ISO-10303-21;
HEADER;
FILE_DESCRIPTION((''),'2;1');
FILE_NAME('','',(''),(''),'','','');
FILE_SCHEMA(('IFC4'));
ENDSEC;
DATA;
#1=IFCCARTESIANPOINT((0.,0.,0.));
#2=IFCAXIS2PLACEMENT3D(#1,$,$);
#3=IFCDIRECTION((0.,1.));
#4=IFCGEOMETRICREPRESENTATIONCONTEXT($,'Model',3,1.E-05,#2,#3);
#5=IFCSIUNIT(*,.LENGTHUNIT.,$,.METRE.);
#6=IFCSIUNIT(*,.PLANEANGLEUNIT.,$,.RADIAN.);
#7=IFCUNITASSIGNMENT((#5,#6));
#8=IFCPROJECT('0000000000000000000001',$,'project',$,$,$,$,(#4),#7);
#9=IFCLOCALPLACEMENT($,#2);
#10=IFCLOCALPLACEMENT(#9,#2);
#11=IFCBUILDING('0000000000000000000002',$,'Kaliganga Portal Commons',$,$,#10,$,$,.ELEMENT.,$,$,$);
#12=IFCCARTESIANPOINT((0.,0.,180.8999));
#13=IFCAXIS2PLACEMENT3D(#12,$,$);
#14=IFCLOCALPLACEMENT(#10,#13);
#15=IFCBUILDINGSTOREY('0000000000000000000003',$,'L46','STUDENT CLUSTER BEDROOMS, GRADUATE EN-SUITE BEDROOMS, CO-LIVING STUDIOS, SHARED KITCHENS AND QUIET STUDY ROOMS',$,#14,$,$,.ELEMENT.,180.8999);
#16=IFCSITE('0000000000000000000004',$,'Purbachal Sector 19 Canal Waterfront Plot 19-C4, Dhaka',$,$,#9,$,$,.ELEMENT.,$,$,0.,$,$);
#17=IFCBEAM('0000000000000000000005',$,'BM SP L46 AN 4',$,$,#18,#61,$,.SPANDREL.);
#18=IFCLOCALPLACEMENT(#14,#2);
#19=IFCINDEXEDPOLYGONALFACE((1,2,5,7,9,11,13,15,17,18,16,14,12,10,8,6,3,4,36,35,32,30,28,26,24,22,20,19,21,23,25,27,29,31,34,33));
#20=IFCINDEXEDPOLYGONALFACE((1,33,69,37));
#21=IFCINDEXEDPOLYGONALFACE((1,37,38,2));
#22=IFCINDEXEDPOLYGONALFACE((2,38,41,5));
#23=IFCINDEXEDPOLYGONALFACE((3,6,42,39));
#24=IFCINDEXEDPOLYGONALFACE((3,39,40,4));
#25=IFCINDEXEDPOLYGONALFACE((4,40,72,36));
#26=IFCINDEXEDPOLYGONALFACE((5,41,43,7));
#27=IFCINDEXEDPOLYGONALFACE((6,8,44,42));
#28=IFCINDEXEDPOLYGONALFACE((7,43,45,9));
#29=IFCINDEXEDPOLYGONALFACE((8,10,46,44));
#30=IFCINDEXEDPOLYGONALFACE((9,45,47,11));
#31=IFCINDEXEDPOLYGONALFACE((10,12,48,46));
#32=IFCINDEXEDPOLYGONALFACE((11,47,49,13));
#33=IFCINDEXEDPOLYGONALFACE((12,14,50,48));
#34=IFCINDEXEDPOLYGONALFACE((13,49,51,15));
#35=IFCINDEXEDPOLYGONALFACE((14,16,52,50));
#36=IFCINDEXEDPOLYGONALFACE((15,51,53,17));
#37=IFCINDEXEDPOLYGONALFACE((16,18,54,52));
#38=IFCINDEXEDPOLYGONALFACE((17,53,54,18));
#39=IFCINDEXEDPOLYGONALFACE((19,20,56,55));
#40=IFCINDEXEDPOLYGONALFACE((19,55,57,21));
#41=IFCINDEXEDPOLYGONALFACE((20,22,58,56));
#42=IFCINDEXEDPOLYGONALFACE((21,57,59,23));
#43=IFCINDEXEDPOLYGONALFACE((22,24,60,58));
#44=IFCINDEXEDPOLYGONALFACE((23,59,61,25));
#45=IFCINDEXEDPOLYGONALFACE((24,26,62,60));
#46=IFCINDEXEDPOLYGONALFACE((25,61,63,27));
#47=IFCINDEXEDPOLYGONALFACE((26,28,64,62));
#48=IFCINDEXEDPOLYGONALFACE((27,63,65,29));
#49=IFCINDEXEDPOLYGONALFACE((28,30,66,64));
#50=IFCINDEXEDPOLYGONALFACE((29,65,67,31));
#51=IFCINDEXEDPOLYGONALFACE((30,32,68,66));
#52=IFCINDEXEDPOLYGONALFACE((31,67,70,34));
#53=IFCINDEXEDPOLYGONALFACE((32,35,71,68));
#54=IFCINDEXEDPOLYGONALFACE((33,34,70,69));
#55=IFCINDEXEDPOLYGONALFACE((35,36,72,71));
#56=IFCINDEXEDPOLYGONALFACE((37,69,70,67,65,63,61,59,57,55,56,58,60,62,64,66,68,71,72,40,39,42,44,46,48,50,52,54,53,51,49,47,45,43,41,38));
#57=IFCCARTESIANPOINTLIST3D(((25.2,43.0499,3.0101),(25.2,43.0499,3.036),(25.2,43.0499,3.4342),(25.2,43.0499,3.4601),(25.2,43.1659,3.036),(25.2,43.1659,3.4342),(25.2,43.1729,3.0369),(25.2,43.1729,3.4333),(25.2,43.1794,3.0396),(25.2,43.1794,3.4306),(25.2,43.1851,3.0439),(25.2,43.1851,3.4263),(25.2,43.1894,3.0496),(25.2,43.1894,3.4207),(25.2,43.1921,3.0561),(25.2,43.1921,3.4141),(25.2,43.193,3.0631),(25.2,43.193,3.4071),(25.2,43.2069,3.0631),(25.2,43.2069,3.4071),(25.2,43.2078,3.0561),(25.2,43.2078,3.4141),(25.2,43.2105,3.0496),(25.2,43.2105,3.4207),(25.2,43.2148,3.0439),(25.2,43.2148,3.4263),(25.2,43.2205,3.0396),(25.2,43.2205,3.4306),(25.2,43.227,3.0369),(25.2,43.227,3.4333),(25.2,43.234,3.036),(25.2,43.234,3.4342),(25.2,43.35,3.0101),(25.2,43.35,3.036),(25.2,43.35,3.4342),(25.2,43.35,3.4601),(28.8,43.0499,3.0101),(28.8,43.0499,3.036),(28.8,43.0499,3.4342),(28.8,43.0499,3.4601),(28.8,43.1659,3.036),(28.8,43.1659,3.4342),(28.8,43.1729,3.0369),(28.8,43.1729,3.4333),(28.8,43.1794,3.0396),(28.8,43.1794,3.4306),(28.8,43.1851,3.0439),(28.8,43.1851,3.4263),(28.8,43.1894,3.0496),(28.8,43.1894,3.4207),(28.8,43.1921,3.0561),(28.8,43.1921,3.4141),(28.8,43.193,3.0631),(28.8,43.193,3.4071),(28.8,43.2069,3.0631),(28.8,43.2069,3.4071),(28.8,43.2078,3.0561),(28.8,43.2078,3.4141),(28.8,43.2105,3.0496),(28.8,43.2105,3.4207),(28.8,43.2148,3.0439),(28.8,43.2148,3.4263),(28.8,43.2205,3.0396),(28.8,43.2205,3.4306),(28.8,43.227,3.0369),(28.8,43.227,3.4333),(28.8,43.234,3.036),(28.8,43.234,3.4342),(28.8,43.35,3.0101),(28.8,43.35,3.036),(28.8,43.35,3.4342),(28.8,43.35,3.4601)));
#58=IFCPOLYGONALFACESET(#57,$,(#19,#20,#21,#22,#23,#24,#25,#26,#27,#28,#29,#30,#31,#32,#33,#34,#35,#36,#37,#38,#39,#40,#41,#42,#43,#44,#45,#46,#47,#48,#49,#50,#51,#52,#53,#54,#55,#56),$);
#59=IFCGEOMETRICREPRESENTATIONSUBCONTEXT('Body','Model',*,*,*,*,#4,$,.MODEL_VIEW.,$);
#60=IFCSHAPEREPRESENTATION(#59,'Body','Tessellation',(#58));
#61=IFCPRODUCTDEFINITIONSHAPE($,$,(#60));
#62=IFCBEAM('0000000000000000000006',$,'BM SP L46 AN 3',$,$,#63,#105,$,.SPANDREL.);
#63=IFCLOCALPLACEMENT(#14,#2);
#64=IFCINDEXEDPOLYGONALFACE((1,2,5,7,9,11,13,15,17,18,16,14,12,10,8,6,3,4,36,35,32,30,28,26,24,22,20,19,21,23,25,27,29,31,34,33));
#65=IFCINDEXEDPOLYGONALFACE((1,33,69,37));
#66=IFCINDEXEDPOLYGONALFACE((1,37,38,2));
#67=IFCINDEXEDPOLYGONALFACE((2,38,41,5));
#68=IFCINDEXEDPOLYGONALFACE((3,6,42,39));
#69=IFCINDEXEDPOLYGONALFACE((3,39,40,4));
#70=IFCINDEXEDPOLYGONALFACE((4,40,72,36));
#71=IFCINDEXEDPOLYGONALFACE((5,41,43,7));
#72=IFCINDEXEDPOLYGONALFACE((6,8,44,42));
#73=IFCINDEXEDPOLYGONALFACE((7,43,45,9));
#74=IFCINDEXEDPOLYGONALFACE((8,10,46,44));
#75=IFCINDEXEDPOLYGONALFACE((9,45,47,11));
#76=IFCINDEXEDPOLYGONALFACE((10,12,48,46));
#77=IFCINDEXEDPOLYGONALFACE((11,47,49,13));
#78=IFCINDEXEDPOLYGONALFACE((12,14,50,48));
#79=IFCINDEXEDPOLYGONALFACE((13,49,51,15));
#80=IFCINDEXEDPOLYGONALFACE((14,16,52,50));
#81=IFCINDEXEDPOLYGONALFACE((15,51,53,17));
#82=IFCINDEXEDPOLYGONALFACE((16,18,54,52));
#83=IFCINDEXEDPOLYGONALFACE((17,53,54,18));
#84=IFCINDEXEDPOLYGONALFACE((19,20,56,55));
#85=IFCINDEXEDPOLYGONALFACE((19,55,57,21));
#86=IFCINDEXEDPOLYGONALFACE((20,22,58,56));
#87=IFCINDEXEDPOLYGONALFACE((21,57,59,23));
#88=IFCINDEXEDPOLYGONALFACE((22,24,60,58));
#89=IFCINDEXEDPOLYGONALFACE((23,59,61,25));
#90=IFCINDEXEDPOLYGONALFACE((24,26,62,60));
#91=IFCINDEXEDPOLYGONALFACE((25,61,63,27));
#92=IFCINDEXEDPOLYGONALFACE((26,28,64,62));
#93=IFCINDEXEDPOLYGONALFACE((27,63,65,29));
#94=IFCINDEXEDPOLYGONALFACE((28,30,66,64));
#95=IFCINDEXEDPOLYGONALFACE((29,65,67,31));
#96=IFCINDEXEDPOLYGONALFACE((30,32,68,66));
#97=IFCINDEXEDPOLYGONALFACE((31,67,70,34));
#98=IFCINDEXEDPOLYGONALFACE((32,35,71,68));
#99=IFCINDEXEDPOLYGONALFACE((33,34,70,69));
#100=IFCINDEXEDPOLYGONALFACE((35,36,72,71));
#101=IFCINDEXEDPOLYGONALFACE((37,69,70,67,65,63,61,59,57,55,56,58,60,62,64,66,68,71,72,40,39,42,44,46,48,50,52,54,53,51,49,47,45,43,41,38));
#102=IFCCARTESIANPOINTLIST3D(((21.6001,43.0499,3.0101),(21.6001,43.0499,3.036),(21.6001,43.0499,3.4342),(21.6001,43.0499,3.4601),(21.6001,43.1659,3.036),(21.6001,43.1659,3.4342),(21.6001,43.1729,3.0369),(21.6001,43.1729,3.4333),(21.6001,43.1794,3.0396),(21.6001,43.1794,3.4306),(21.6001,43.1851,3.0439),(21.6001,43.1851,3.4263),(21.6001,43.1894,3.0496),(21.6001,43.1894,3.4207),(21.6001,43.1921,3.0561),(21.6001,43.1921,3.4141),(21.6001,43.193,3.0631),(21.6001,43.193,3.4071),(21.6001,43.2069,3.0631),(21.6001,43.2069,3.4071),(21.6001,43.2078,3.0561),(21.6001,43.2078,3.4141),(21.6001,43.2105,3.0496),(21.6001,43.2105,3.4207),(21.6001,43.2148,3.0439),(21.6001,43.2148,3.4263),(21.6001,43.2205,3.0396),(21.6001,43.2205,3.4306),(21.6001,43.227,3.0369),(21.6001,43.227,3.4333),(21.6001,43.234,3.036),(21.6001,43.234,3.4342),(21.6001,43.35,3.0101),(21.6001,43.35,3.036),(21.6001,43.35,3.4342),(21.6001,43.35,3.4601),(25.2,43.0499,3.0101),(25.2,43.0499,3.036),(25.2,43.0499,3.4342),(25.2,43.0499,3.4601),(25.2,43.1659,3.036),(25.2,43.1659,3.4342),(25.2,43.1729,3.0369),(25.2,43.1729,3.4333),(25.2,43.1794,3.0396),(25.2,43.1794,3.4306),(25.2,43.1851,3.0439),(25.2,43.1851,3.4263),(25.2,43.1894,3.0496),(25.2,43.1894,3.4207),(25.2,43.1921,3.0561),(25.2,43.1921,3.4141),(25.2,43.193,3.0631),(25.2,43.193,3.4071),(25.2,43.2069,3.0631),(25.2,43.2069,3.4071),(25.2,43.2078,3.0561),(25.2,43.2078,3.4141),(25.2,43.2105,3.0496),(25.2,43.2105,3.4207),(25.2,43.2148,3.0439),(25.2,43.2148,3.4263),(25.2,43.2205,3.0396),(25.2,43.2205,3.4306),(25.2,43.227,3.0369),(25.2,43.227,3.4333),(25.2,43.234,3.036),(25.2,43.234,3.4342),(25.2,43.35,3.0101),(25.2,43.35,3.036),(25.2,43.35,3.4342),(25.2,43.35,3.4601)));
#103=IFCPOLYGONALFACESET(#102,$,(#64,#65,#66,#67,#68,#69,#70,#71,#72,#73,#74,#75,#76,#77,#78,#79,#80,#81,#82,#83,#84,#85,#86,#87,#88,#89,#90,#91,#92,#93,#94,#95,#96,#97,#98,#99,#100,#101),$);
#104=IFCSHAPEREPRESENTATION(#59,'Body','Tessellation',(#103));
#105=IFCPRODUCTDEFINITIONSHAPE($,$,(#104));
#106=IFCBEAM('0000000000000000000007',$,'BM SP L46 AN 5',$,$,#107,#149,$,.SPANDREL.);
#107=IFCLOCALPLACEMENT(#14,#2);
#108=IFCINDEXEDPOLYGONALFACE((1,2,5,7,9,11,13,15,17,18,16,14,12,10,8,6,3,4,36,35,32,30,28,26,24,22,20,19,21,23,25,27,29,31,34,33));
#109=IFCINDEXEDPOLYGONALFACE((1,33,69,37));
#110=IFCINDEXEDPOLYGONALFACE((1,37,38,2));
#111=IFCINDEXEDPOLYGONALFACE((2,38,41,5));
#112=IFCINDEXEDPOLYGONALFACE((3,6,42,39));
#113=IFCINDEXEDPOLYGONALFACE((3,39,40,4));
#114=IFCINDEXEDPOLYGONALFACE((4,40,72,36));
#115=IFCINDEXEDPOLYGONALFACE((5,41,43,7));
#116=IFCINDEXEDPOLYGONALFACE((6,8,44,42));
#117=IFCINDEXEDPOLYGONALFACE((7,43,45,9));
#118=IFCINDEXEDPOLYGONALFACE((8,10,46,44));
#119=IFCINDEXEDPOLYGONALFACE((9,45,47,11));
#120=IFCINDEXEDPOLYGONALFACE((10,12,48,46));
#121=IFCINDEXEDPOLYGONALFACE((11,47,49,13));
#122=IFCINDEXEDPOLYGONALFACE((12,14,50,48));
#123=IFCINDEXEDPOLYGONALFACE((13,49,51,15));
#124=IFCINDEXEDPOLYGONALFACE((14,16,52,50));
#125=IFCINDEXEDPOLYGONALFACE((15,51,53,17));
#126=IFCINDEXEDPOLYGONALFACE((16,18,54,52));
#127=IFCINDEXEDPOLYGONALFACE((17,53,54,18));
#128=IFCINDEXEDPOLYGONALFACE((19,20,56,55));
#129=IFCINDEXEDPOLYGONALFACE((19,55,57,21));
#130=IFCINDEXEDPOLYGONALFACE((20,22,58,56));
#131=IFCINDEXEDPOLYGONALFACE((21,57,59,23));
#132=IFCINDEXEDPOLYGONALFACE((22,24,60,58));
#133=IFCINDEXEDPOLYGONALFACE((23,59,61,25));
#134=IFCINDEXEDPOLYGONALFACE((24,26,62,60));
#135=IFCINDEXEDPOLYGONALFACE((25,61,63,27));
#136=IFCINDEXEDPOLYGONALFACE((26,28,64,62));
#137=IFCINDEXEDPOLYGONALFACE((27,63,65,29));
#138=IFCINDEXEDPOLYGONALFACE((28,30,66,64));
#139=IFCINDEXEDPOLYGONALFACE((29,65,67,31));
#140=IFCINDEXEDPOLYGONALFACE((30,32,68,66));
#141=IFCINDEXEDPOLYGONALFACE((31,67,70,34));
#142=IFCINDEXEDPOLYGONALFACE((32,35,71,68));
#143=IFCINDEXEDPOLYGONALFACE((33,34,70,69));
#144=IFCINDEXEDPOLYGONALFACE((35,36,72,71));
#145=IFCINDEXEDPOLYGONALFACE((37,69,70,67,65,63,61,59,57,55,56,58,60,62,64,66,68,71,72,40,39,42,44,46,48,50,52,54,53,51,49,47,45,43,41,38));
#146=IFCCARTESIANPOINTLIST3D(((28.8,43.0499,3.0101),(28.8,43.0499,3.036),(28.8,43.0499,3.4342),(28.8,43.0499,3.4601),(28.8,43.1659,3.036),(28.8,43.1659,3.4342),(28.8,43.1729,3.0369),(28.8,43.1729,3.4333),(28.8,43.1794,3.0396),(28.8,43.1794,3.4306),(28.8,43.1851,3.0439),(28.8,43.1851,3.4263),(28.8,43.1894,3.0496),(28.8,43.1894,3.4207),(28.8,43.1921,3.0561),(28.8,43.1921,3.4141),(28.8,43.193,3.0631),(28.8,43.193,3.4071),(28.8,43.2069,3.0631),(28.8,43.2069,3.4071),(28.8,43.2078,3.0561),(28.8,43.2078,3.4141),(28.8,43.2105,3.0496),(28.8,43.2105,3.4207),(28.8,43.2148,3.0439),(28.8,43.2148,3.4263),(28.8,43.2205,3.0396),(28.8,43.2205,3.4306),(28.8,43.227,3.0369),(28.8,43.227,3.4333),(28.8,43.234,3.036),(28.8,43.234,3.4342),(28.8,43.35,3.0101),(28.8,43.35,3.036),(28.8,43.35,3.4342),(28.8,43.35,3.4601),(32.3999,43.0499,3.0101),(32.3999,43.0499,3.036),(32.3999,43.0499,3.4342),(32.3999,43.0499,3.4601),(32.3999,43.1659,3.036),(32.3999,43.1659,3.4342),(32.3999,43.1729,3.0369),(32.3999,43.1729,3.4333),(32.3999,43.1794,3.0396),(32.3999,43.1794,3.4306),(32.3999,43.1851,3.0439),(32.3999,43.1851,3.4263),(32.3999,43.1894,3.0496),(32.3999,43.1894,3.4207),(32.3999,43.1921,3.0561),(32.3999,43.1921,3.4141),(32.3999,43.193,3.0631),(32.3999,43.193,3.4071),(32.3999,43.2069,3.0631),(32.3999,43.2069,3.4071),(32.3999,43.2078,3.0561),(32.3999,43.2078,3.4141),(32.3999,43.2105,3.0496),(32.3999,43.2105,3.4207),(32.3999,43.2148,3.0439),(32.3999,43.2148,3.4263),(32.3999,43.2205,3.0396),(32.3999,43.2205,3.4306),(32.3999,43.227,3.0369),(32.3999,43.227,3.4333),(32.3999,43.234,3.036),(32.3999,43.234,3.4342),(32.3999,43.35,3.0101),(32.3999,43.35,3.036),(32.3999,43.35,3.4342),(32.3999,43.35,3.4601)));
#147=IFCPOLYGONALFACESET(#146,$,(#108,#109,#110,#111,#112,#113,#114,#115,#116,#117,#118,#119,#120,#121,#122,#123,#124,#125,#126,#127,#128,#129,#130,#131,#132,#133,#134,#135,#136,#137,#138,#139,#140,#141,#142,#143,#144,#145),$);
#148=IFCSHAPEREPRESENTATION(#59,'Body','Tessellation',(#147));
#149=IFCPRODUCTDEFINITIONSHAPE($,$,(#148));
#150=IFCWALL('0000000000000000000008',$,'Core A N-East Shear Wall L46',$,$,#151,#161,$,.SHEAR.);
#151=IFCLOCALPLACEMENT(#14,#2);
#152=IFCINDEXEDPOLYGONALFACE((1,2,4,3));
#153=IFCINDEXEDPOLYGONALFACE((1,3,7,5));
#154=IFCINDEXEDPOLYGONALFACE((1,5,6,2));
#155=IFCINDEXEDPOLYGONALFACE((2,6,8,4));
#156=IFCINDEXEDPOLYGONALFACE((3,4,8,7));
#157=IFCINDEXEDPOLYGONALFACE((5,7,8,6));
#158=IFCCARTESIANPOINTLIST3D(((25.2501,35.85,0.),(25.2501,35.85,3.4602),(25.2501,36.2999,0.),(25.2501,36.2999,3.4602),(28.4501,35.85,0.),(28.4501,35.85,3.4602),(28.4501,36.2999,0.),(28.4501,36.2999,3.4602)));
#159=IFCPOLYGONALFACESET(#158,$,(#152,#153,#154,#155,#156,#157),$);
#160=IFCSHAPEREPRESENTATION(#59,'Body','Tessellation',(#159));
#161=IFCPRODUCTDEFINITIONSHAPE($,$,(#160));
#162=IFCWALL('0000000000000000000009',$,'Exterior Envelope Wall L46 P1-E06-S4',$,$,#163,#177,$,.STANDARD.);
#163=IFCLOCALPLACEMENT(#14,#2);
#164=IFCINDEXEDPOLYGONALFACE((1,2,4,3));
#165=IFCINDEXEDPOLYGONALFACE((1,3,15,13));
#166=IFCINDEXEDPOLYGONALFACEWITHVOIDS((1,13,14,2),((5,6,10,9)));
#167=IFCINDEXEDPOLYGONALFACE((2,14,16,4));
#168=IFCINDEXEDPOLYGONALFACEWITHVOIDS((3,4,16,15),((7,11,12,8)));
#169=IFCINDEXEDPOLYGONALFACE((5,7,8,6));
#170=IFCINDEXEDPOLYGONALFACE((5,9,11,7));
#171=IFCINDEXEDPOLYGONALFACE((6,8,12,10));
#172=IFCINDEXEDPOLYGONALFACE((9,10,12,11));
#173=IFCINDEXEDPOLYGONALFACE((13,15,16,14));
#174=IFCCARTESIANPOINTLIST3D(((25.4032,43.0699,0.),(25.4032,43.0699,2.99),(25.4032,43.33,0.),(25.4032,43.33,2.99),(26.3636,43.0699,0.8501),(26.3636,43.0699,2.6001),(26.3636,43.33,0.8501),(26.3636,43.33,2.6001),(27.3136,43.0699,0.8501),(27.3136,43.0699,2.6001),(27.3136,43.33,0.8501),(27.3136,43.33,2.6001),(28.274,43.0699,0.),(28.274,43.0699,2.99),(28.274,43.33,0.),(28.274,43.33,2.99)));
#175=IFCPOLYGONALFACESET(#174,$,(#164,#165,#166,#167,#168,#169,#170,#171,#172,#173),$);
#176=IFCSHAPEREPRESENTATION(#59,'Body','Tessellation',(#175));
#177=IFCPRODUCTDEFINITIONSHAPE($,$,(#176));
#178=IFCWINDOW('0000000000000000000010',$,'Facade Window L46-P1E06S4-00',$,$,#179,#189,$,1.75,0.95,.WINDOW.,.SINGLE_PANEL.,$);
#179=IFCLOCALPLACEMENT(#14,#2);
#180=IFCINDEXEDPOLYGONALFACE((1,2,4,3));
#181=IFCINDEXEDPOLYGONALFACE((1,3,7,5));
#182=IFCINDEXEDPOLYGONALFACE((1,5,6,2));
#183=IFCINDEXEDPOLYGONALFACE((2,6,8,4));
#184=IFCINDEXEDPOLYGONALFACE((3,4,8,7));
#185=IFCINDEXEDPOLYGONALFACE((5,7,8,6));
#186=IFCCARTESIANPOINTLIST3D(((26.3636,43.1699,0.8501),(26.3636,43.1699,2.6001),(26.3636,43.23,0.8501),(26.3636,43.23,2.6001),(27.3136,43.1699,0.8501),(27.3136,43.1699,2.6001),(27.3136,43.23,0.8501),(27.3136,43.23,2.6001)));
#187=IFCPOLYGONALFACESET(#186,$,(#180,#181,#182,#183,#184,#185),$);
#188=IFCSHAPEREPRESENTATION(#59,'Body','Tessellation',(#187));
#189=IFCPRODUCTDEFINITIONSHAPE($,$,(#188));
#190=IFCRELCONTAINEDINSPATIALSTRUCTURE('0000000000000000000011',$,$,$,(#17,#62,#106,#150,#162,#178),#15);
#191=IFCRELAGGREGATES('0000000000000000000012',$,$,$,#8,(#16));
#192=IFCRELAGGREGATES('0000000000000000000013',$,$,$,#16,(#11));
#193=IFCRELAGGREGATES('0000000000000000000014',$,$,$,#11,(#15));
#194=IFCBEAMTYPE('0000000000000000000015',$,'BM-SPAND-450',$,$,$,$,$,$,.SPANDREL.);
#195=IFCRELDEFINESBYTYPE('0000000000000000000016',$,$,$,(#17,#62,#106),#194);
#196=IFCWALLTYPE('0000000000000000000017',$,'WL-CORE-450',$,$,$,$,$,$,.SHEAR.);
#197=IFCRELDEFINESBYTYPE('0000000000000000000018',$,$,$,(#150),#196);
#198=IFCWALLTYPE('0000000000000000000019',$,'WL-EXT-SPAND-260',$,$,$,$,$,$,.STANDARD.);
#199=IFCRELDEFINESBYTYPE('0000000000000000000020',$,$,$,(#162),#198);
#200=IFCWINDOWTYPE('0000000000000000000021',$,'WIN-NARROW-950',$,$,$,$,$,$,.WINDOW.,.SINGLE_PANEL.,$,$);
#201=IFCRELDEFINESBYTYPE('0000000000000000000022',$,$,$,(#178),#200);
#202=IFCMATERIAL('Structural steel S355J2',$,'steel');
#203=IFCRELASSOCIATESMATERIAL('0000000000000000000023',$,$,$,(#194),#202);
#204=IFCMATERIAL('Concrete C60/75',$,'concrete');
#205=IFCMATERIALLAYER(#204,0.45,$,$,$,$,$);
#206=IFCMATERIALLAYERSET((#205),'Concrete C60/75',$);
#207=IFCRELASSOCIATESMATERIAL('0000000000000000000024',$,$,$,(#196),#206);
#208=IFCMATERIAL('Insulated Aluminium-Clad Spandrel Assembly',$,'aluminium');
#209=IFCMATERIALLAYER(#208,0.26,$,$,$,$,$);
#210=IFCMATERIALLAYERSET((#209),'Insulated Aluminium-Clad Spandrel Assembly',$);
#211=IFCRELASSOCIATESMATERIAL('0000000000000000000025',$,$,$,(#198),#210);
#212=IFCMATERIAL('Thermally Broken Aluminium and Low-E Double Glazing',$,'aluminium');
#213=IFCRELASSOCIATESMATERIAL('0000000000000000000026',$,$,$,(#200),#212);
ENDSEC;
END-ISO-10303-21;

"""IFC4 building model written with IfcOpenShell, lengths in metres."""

from ifc_helpers import new_model, si_unit, direction, frame, frame_2d, origin, origin_2d, place, context, subcontext, project, spatial, rectangle, i_section, extrude, source, transform, mapped, material, layer, layer_set, material_profile, profile_set, type_object, element, fill, save


model = new_model("IFC4")

# Units and contexts
model_context = context("Model", 3, precision=1e-05, world=origin(), true_north=direction((0.0, 1.0)))
body_context = subcontext(model_context, "Body", "Model", "MODEL_VIEW")
ifc_project = project(units=[si_unit("LENGTHUNIT", "METRE"), si_unit("PLANEANGLEUNIT", "RADIAN")], contexts=[model_context])

# Site, building, storey
site_placement = place(None, origin())
site = spatial("IfcSite", under=ifc_project, at=site_placement, Name="Purbachal Sector 19 Canal Waterfront Plot 19-C4, Dhaka", CompositionType="ELEMENT", RefElevation=0.0)
building_placement = place(site_placement, origin())
building = spatial("IfcBuilding", under=site, at=building_placement, Name="Kaliganga Portal Commons", CompositionType="ELEMENT")
storey_placement = place(building_placement, frame((0.0, 0.0, 180.8999)))
storey = spatial("IfcBuildingStorey", under=building, at=storey_placement, Name="L46", Description="STUDENT CLUSTER BEDROOMS, GRADUATE EN-SUITE BEDROOMS, CO-LIVING STUDIOS, SHARED KITCHENS AND QUIET STUDY ROOMS", CompositionType="ELEMENT", Elevation=180.8999)

# Shared definitions
ifc_material_1 = material(Name="Concrete C60/75", Category="concrete")

# Beams
ifc_material_2 = material(Name="Structural steel S355J2", Category="steel")
ifc_material_profile_1 = material_profile(ifc_material_2, i_section(OverallWidth=0.3, OverallDepth=0.45, WebThickness=0.0139, FlangeThickness=0.0259, FilletRadius=0.0271, at=origin_2d()), Name="HE 450 B")
ifc_profile_set_1 = profile_set([ifc_material_profile_1], Name="Structural steel S355J2 wide-flange")
beam_type = type_object("IfcBeamType", Name="BM-SPAND-450", PredefinedType="SPANDREL", material=ifc_profile_set_1)
shared_shape_1 = source(origin(), body_context, "Body", "SweptSolid", [
    extrude(i_section(OverallWidth=0.3, OverallDepth=0.45, WebThickness=0.0139, FlangeThickness=0.0259, FilletRadius=0.0271, at=origin_2d()), origin(), (0.0, 0.0, 1.0), 3.6001),
])
for number, where, z_axis, x_axis, name in (
    (1, (25.2, 43.2, 3.2351), (1.0, 0.0, 0.0), (0.0, 1.0, 0.0), "BM SP L46 AN 4"),
):
    element("IfcBeam", number, at=place(storey_placement, frame(where, z_axis=z_axis, x_axis=x_axis)), inside=storey, type_object=beam_type, Name=name, PredefinedType="SPANDREL", context=body_context, shape_type="MappedRepresentation", body=[
        mapped(shared_shape_1, transform((0.0, 0.0, 0.0), x_axis=(1.0, 0.0, 0.0), y_axis=(0.0, 1.0, 0.0), z_axis=(0.0, 0.0, 1.0), scale=1.0)),
    ])
shared_shape_2 = source(origin(), body_context, "Body", "SweptSolid", [
    extrude(i_section(OverallWidth=0.3, OverallDepth=0.45, WebThickness=0.0139, FlangeThickness=0.0259, FilletRadius=0.0271, at=origin_2d()), origin(), (0.0, 0.0, 1.0), 3.5999),
])
for number, where, z_axis, x_axis, name in (
    (2, (21.6001, 43.2, 3.2351), (1.0, 0.0, 0.0), (0.0, 1.0, 0.0), "BM SP L46 AN 3"),
    (3, (28.8, 43.2, 3.2351), (1.0, 0.0, 0.0), (0.0, 1.0, 0.0), "BM SP L46 AN 5"),
):
    element("IfcBeam", number, at=place(storey_placement, frame(where, z_axis=z_axis, x_axis=x_axis)), inside=storey, type_object=beam_type, Name=name, PredefinedType="SPANDREL", context=body_context, shape_type="MappedRepresentation", body=[
        mapped(shared_shape_2, transform((0.0, 0.0, 0.0), x_axis=(1.0, 0.0, 0.0), y_axis=(0.0, 1.0, 0.0), z_axis=(0.0, 0.0, 1.0), scale=1.0)),
    ])

# Wall
ifc_layer_1 = layer(ifc_material_1, 0.45)
ifc_layer_set_1 = layer_set([ifc_layer_1], Name="Concrete C60/75")
wall_type_1 = type_object("IfcWallType", Name="WL-CORE-450", PredefinedType="SHEAR", material=ifc_layer_set_1)
wall_1_placement = place(storey_placement, frame((25.25, 36.075, 0.0), z_axis=(0.0, 0.0, 1.0), x_axis=(1.0, 0.0, 0.0)))
element("IfcWall", 4, at=wall_1_placement, inside=storey, type_object=wall_type_1, Name="Core A N-East Shear Wall L46", PredefinedType="SHEAR", context=body_context, shape_type="SweptSolid", body=[
    extrude(rectangle(XDim=3.2, YDim=0.45, at=frame_2d((1.6001, 0.0))), origin(), (0.0, 0.0, 1.0), 3.4602),
])

# Wall, opening, window
ifc_material_3 = material(Name="Insulated Aluminium-Clad Spandrel Assembly", Category="aluminium")
ifc_layer_2 = layer(ifc_material_3, 0.26)
ifc_layer_set_2 = layer_set([ifc_layer_2], Name="Insulated Aluminium-Clad Spandrel Assembly")
wall_type_2 = type_object("IfcWallType", Name="WL-EXT-SPAND-260", PredefinedType="STANDARD", material=ifc_layer_set_2)
wall_2_placement = place(storey_placement, frame((25.4031, 43.2, 0.0), z_axis=(0.0, 0.0, 1.0), x_axis=(1.0, 0.0, 0.0)))
wall_2 = element("IfcWall", 5, at=wall_2_placement, inside=storey, type_object=wall_type_2, Name="Exterior Envelope Wall L46 P1-E06-S4", PredefinedType="STANDARD", context=body_context, shape_type="SweptSolid", body=[
    extrude(rectangle(XDim=2.8708, YDim=0.26, at=frame_2d((1.4355, 0.0))), origin(), (0.0, 0.0, 1.0), 2.99),
])
opening_1_placement = place(wall_2_placement, frame((0.9604, 0.0, 0.8501)))
opening_1 = element("IfcOpeningElement", 6, at=opening_1_placement, cuts=wall_2, PredefinedType="OPENING", context=body_context, shape_type="SweptSolid", body=[
    extrude(rectangle(XDim=0.95, YDim=1.75, at=frame_2d((0.4751, 0.875))), frame((0.0, 0.1401, 0.0), z_axis=(0.0, -1.0, 0.0), x_axis=(1.0, 0.0, 0.0)), (0.0, 0.0, 1.0), 0.28),
])
ifc_material_4 = material(Name="Thermally Broken Aluminium and Low-E Double Glazing", Category="aluminium")
window_type = type_object("IfcWindowType", Name="WIN-NARROW-950", PartitioningType="SINGLE_PANEL", PredefinedType="WINDOW", material=ifc_material_4)
window_1_placement = place(opening_1_placement, origin())
window_1 = element("IfcWindow", 7, at=window_1_placement, inside=storey, type_object=window_type, Name="Facade Window L46-P1E06S4-00", OverallHeight=1.75, OverallWidth=0.95, PartitioningType="SINGLE_PANEL", PredefinedType="WINDOW", context=body_context, shape_type="SweptSolid", body=[
    extrude(rectangle(XDim=0.95, YDim=1.75, at=frame_2d((0.4751, 0.875))), frame((0.0, 0.03, 0.0), z_axis=(0.0, -1.0, 0.0), x_axis=(1.0, 0.0, 0.0)), (0.0, 0.0, 1.0), 0.0601),
])
fill(opening_1, window_1)

save(model, "model.ifc")
